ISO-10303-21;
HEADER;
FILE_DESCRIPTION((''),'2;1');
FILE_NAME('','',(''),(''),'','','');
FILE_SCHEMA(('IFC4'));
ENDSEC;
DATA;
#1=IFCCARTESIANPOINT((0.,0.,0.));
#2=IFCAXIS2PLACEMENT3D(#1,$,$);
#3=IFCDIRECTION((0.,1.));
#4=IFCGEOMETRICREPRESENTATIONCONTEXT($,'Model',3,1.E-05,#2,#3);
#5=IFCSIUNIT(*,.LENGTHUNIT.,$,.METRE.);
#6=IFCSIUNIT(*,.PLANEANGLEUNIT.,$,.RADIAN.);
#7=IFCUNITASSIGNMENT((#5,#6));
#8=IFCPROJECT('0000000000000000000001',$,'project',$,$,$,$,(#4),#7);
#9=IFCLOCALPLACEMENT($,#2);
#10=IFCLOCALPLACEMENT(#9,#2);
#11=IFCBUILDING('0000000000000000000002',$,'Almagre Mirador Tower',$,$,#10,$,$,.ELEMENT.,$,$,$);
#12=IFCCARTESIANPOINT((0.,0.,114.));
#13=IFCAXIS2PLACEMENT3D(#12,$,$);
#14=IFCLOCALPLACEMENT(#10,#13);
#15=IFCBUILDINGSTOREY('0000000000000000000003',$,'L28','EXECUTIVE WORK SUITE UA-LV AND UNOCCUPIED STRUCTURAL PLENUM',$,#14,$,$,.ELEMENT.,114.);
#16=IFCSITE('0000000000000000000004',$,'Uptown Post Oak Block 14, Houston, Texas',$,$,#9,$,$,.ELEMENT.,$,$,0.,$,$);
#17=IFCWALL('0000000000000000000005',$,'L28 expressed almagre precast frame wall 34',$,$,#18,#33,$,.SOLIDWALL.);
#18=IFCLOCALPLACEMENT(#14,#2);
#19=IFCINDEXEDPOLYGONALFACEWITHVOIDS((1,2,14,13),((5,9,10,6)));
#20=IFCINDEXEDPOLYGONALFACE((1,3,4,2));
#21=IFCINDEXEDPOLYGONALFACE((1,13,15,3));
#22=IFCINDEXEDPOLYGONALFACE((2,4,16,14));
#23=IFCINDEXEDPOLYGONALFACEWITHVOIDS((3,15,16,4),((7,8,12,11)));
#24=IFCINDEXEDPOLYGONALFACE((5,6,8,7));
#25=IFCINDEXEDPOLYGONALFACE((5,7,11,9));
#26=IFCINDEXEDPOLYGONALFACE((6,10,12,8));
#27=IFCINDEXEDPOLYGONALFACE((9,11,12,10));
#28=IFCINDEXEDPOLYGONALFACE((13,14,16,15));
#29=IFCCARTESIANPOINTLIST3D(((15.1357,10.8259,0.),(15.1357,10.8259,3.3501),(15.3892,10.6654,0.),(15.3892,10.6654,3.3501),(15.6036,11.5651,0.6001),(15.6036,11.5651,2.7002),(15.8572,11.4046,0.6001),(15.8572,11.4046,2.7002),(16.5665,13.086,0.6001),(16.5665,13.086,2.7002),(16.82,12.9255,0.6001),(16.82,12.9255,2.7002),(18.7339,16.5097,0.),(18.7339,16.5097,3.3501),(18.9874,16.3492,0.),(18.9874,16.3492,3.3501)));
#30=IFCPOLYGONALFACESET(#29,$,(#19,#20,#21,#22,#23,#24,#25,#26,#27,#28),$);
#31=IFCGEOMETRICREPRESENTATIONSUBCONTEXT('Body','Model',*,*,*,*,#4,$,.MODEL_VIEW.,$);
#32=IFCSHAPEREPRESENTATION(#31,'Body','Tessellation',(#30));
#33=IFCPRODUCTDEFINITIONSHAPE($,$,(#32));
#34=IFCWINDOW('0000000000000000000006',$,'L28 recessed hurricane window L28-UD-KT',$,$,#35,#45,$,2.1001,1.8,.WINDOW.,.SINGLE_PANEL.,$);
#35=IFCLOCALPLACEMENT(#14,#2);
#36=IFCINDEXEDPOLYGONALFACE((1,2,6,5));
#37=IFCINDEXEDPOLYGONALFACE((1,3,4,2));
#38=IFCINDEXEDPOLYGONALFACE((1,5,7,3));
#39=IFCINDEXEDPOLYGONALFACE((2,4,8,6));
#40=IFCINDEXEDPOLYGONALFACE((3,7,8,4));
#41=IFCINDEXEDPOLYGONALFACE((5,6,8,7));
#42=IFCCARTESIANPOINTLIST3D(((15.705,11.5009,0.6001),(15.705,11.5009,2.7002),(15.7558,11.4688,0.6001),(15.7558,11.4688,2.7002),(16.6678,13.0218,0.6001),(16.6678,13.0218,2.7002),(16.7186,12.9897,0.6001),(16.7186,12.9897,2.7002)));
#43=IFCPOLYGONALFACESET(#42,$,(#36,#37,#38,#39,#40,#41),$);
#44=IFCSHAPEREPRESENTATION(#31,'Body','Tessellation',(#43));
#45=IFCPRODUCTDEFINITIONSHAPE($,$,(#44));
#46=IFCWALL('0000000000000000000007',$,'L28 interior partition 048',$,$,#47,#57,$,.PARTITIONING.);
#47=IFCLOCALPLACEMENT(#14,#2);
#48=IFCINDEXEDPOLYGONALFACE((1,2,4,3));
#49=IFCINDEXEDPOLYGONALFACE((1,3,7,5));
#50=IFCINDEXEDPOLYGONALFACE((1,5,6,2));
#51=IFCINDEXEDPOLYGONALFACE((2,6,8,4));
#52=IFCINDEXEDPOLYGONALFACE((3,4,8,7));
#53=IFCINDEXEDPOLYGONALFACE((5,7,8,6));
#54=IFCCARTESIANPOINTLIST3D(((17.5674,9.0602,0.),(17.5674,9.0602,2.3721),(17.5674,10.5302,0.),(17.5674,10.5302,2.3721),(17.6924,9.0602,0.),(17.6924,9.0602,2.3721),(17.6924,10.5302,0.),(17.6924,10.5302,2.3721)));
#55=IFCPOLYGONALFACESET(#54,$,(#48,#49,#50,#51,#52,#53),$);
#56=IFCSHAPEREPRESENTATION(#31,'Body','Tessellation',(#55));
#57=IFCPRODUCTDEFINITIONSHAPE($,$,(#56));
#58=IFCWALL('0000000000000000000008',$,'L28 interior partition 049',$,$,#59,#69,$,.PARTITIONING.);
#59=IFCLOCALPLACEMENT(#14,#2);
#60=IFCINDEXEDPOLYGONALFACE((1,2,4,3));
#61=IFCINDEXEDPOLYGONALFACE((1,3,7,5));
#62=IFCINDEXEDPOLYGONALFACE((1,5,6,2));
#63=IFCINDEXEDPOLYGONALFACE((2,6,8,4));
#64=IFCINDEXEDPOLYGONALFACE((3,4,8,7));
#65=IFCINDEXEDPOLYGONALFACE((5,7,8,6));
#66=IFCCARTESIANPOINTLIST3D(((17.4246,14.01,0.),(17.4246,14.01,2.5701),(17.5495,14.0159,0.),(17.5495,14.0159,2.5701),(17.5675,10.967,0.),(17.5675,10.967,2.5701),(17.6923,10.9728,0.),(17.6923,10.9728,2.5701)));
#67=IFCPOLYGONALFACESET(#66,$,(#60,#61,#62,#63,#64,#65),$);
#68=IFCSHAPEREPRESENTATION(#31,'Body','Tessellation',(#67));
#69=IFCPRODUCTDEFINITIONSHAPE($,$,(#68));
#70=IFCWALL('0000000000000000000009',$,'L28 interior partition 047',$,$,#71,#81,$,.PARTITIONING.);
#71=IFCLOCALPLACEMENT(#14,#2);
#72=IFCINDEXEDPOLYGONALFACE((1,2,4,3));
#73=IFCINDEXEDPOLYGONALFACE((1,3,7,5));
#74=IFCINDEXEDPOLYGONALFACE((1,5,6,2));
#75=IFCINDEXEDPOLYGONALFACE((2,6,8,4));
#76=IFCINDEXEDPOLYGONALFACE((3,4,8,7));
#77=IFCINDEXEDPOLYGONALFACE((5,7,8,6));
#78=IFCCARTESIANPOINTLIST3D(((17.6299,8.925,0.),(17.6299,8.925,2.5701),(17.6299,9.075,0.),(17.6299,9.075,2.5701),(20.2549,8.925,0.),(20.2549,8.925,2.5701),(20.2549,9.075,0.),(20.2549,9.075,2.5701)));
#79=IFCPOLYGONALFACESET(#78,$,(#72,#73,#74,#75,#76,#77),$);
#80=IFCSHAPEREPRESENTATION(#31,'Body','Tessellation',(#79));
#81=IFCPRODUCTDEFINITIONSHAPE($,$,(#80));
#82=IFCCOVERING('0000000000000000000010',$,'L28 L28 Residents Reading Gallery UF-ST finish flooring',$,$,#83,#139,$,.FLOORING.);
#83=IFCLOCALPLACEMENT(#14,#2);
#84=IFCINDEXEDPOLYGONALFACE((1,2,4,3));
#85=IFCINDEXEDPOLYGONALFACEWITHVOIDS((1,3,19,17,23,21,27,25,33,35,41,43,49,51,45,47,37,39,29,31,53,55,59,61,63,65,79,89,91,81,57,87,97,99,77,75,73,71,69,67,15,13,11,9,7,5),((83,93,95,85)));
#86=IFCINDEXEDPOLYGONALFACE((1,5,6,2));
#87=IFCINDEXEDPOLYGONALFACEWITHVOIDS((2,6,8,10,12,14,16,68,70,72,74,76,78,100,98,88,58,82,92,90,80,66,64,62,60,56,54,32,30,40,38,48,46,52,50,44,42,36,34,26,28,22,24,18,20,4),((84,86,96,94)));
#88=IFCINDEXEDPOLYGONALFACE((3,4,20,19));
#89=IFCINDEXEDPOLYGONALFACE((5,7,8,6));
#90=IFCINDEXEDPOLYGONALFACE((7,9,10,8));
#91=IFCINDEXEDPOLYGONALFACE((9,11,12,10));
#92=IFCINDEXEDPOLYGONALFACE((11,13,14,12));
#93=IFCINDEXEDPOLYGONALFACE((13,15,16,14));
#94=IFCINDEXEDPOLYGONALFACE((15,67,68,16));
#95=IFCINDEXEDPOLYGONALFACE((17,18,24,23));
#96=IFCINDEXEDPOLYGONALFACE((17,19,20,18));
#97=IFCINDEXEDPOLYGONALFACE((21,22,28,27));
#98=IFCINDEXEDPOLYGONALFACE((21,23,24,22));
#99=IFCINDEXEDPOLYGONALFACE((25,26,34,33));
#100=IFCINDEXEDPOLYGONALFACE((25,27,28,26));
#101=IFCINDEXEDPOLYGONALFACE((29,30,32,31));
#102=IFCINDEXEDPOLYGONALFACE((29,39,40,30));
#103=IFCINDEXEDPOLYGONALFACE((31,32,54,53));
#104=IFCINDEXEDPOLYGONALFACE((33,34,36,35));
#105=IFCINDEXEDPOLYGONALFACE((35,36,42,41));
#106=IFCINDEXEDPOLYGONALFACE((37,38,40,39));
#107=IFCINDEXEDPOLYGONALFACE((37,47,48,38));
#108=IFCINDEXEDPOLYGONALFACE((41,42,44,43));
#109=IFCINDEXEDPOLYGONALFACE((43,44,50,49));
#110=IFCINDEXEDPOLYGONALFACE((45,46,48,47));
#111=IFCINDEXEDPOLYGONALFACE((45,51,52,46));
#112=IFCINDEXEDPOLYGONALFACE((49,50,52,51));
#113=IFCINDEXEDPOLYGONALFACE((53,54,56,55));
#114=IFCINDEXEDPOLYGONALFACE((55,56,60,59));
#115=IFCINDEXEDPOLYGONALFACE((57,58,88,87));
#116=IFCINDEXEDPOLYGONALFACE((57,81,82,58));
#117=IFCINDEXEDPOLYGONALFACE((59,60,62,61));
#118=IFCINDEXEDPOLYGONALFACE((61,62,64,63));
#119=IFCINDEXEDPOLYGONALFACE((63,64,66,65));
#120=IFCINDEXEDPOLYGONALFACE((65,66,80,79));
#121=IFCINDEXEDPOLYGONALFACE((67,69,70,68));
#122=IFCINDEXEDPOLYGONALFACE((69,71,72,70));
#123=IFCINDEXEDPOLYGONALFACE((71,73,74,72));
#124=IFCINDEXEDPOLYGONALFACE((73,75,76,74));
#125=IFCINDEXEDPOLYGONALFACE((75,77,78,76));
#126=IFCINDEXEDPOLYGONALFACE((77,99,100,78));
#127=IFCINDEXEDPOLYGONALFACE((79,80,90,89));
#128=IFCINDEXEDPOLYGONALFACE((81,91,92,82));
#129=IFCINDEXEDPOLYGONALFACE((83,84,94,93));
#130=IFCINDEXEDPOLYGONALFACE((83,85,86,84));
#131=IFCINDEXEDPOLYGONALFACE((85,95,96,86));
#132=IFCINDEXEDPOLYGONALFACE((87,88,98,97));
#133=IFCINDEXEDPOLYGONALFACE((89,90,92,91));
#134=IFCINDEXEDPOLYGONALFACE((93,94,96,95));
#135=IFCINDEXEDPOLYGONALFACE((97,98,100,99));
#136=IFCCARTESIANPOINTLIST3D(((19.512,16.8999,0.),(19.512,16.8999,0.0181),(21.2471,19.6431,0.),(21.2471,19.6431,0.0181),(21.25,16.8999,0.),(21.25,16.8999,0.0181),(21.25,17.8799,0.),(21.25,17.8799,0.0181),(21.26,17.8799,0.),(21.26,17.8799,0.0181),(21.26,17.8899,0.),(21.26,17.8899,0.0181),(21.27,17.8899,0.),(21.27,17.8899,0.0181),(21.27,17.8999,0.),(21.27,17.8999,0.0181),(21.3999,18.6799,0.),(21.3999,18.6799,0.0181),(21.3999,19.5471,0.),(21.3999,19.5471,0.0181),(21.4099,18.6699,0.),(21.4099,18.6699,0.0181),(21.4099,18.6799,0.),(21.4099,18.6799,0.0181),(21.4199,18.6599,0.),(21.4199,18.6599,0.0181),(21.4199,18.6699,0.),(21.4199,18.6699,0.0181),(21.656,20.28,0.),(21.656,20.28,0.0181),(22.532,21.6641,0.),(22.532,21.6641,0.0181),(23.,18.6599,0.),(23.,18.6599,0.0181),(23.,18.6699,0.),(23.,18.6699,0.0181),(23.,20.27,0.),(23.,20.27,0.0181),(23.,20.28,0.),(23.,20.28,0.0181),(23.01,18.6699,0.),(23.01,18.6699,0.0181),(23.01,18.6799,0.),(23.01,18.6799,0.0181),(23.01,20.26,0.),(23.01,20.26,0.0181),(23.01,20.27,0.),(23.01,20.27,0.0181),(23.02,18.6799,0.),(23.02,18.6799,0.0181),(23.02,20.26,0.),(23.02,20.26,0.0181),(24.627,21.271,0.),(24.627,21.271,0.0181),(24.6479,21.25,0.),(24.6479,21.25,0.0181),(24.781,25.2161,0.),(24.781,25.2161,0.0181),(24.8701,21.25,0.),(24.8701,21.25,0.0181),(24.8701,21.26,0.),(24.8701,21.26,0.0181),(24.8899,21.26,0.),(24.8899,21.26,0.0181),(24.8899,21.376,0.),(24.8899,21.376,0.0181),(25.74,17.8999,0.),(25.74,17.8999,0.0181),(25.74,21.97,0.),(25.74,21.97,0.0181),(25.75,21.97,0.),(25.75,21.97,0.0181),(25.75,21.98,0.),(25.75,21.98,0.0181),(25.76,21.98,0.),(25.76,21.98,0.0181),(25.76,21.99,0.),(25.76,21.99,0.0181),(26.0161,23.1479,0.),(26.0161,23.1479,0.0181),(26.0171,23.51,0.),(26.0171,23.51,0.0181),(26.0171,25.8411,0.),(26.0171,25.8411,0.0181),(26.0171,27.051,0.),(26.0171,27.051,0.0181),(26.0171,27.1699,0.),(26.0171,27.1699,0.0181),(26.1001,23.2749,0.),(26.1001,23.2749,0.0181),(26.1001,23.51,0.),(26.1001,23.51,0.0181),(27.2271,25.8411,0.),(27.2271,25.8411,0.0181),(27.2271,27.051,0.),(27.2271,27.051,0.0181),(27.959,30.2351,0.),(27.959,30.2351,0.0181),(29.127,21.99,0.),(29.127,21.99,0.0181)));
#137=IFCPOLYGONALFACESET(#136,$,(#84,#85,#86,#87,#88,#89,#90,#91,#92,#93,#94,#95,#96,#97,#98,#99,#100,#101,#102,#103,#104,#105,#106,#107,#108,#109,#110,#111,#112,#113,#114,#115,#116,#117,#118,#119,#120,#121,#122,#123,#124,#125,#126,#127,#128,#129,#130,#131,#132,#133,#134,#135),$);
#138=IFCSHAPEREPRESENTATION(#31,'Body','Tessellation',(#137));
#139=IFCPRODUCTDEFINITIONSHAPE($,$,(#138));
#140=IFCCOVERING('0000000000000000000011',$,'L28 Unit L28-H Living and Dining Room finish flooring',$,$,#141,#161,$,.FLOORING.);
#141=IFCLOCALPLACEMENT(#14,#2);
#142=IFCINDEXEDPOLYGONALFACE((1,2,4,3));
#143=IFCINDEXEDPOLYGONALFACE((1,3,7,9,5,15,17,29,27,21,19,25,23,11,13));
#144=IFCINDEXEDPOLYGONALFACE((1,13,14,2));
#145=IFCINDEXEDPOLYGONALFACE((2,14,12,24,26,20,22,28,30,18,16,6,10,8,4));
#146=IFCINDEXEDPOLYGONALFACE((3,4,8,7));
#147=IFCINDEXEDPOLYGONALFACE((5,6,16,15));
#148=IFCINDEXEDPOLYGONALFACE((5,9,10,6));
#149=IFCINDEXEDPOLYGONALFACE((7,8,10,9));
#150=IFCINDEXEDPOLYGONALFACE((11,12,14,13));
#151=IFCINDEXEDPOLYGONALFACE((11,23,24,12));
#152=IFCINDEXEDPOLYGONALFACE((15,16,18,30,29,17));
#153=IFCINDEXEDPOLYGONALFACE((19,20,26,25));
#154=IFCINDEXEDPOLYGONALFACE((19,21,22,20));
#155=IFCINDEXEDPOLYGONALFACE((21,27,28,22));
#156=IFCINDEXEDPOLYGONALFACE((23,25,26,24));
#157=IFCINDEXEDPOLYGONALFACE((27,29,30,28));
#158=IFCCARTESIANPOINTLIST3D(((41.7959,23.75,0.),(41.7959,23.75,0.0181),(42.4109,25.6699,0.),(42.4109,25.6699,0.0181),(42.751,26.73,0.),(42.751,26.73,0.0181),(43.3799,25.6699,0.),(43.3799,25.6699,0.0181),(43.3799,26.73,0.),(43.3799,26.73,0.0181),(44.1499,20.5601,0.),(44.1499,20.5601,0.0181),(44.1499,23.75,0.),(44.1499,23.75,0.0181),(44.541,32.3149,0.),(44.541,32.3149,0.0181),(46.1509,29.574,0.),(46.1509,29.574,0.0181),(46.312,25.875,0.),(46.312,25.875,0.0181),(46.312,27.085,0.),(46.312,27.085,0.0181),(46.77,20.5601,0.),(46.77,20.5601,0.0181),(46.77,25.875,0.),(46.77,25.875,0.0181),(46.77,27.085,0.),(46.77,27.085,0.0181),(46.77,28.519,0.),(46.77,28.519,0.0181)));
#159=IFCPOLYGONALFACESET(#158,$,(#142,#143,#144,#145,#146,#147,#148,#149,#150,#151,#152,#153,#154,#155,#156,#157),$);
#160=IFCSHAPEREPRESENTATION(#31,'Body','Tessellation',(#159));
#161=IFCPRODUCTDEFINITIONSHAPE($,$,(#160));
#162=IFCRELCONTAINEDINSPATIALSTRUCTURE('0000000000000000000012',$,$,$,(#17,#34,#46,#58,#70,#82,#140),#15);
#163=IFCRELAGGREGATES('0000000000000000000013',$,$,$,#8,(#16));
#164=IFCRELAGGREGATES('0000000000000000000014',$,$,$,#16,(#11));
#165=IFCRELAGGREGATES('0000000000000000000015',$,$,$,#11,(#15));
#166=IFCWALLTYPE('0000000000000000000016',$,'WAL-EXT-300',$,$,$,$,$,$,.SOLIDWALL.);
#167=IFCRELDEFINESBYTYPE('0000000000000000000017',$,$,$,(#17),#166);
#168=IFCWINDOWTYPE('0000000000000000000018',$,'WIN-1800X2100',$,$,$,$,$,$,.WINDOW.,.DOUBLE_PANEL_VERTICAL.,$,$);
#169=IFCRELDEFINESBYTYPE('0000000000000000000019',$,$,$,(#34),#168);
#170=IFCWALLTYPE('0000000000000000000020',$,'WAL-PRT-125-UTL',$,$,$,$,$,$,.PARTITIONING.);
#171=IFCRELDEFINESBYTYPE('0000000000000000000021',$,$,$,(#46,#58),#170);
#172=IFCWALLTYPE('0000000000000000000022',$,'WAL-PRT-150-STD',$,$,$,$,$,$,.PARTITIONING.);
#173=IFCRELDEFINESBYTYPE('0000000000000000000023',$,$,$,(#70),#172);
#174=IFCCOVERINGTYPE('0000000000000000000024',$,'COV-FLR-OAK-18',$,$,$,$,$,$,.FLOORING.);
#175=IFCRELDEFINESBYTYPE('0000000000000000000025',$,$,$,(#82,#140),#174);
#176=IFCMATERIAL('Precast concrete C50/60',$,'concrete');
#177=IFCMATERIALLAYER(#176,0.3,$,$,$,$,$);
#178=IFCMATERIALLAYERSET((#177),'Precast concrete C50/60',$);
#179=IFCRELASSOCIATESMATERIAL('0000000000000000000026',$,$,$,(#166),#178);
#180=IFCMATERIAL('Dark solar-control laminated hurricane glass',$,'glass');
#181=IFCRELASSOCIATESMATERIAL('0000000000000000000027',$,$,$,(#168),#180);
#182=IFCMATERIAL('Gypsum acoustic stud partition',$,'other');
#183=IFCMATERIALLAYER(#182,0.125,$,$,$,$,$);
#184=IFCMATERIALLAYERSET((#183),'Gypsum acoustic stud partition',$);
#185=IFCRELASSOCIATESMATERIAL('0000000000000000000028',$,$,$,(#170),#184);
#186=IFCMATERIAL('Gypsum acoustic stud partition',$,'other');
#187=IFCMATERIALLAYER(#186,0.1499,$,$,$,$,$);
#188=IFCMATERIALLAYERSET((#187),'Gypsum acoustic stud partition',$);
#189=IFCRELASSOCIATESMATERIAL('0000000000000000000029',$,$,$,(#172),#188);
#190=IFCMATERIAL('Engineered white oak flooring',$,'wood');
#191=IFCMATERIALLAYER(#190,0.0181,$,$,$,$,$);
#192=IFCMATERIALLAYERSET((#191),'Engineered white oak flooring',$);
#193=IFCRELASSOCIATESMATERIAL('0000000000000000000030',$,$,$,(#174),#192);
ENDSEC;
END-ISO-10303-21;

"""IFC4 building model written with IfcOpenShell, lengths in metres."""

from ifc_helpers import new_model, si_unit, direction, frame, frame_2d, origin, place, context, subcontext, project, spatial, polyline, rectangle, outline, extrude, material, layer, layer_set, type_object, element, fill, save


model = new_model("IFC4")

# Units and contexts
model_context = context("Model", 3, precision=1e-05, world=origin(), true_north=direction((0.0, 1.0)))
body_context = subcontext(model_context, "Body", "Model", "MODEL_VIEW")
ifc_project = project(units=[si_unit("LENGTHUNIT", "METRE"), si_unit("PLANEANGLEUNIT", "RADIAN")], contexts=[model_context])

# Site, building, storey
site_placement = place(None, origin())
site = spatial("IfcSite", under=ifc_project, at=site_placement, Name="Uptown Post Oak Block 14, Houston, Texas", CompositionType="ELEMENT", RefElevation=0.0)
building_placement = place(site_placement, origin())
building = spatial("IfcBuilding", under=site, at=building_placement, Name="Almagre Mirador Tower", CompositionType="ELEMENT")
storey_placement = place(building_placement, frame((0.0, 0.0, 114.0)))
storey = spatial("IfcBuildingStorey", under=building, at=storey_placement, Name="L28", Description="EXECUTIVE WORK SUITE UA-LV AND UNOCCUPIED STRUCTURAL PLENUM", CompositionType="ELEMENT", Elevation=114.0)

# Shared definitions
ifc_material_1 = material(Name="Precast concrete C50/60", Category="concrete")
ifc_layer_1 = layer(ifc_material_1, 0.3)
ifc_layer_set_1 = layer_set([ifc_layer_1], Name="Precast concrete C50/60")
wall_type_1 = type_object("IfcWallType", Name="WAL-EXT-300", PredefinedType="SOLIDWALL", material=ifc_layer_set_1)

# Wall, opening, window
wall_1_placement = place(storey_placement, frame((15.2625, 10.7456, 0.0), z_axis=(0.0, 0.0, 1.0), x_axis=(0.53488, 0.844928, 0.0)))
wall_1 = element("IfcWall", 1, at=wall_1_placement, inside=storey, type_object=wall_type_1, Name="L28 expressed almagre precast frame wall 34", PredefinedType="SOLIDWALL", context=body_context, shape_type="SweptSolid", body=[
    extrude(rectangle(XDim=6.7271, YDim=0.3, at=frame_2d((3.3635, 0.0))), origin(), (0.0, 0.0, 1.0), 3.3501),
])
opening_1_placement = place(wall_1_placement, frame((0.875, 0.0, 0.6001)))
opening_1 = element("IfcOpeningElement", 2, at=opening_1_placement, cuts=wall_1, PredefinedType="OPENING", context=body_context, shape_type="SweptSolid", body=[
    extrude(rectangle(XDim=1.8, YDim=2.1001, at=frame_2d((0.8999, 1.05))), frame((0.0, 0.1599, 0.0), z_axis=(0.0, -1.0, 0.0), x_axis=(1.0, 0.0, 0.0)), (0.0, 0.0, 1.0), 0.32),
])
ifc_material_2 = material(Name="Dark solar-control laminated hurricane glass", Category="glass")
window_type_1 = type_object("IfcWindowType", Name="WIN-1800X2100", PartitioningType="DOUBLE_PANEL_VERTICAL", PredefinedType="WINDOW", material=ifc_material_2)
window_1_placement = place(opening_1_placement, origin())
window_1 = element("IfcWindow", 3, at=window_1_placement, inside=storey, type_object=window_type_1, Name="L28 recessed hurricane window L28-UD-KT", OverallHeight=2.1001, OverallWidth=1.8, PartitioningType="SINGLE_PANEL", PredefinedType="WINDOW", context=body_context, shape_type="SweptSolid", body=[
    extrude(rectangle(XDim=1.8, YDim=2.1001, at=frame_2d((0.8999, 1.05))), frame((0.0, 0.03, 0.0), z_axis=(0.0, -1.0, 0.0), x_axis=(1.0, 0.0, 0.0)), (0.0, 0.0, 1.0), 0.0601),
])
fill(opening_1, window_1)

# Walls
ifc_material_3 = material(Name="Gypsum acoustic stud partition", Category="other")
ifc_layer_2 = layer(ifc_material_3, 0.125)
ifc_layer_set_2 = layer_set([ifc_layer_2], Name="Gypsum acoustic stud partition")
wall_type_2 = type_object("IfcWallType", Name="WAL-PRT-125-UTL", PredefinedType="PARTITIONING", material=ifc_layer_set_2)
wall_2_placement = place(storey_placement, frame((17.6299, 10.53, 0.0), z_axis=(0.0, 0.0, 1.0), x_axis=(0.0, -1.0, 0.0)))
element("IfcWall", 4, at=wall_2_placement, inside=storey, type_object=wall_type_2, Name="L28 interior partition 048", PredefinedType="PARTITIONING", context=body_context, shape_type="SweptSolid", body=[
    extrude(rectangle(XDim=1.47, YDim=0.125, at=frame_2d((0.7349, 0.0))), origin(), (0.0, 0.0, 1.0), 2.3721),
])
wall_3_placement = place(storey_placement, frame((17.4871, 14.0129, 0.0), z_axis=(0.0, 0.0, 1.0), x_axis=(0.046884, -0.9989, 0.0)))
element("IfcWall", 5, at=wall_3_placement, inside=storey, type_object=wall_type_2, Name="L28 interior partition 049", PredefinedType="PARTITIONING", context=body_context, shape_type="SweptSolid", body=[
    extrude(rectangle(XDim=3.0464, YDim=0.125, at=frame_2d((1.5232, 0.0))), origin(), (0.0, 0.0, 1.0), 2.5701),
])
ifc_material_4 = material(Name="Gypsum acoustic stud partition", Category="other")
ifc_layer_3 = layer(ifc_material_4, 0.1499)
ifc_layer_set_3 = layer_set([ifc_layer_3], Name="Gypsum acoustic stud partition")
wall_type_3 = type_object("IfcWallType", Name="WAL-PRT-150-STD", PredefinedType="PARTITIONING", material=ifc_layer_set_3)
wall_4_placement = place(storey_placement, frame((17.6299, 9.0, 0.0), z_axis=(0.0, 0.0, 1.0), x_axis=(1.0, 0.0, 0.0)))
element("IfcWall", 6, at=wall_4_placement, inside=storey, type_object=wall_type_3, Name="L28 interior partition 047", PredefinedType="PARTITIONING", context=body_context, shape_type="SweptSolid", body=[
    extrude(rectangle(XDim=2.625, YDim=0.1499, at=frame_2d((1.3125, 0.0))), origin(), (0.0, 0.0, 1.0), 2.5701),
])

# Coverings
ifc_material_5 = material(Name="Engineered white oak flooring", Category="wood")
ifc_layer_4 = layer(ifc_material_5, 0.0181)
ifc_layer_set_4 = layer_set([ifc_layer_4], Name="Engineered white oak flooring")
covering_type = type_object("IfcCoveringType", Name="COV-FLR-OAK-18", PredefinedType="FLOORING", material=ifc_layer_set_4)
covering_1_placement = place(storey_placement, origin())
element("IfcCovering", 7, at=covering_1_placement, inside=storey, type_object=covering_type, Name="L28 L28 Residents Reading Gallery UF-ST finish flooring", PredefinedType="FLOORING", context=body_context, shape_type="SweptSolid", body=[
    extrude(outline(polyline([(21.3999, 19.5471), (21.3999, 18.6799), (21.4099, 18.6799), (21.4099, 18.6699), (21.4199, 18.6699), (21.4199, 18.6599), (23.0, 18.6599), (23.0, 18.6699), (23.01, 18.6699), (23.01, 18.6799), (23.02, 18.6799), (23.02, 20.26), (23.01, 20.26), (23.01, 20.27), (23.0, 20.27), (23.0, 20.28), (21.656, 20.28), (22.532, 21.6641), (24.627, 21.271), (24.6479, 21.25), (24.8701, 21.25), (24.8701, 21.26), (24.8899, 21.26), (24.8899, 21.376), (26.0161, 23.1479), (26.1001, 23.2749), (26.1001, 23.51), (26.0171, 23.51), (24.781, 25.2161), (26.0171, 27.1699), (27.959, 30.2351), (29.127, 21.99), (25.76, 21.99), (25.76, 21.98), (25.75, 21.98), (25.75, 21.97), (25.74, 21.97), (25.74, 17.8999), (21.27, 17.8999), (21.27, 17.8899), (21.26, 17.8899), (21.26, 17.8799), (21.25, 17.8799), (21.25, 16.8999), (19.512, 16.8999), (21.2471, 19.6431), (21.3999, 19.5471)]), holes=[polyline([(26.0171, 25.8411), (26.0171, 27.051), (27.2271, 27.051), (27.2271, 25.8411), (26.0171, 25.8411)])]), origin(), (0.0, 0.0, 1.0), 0.0181),
])
covering_2_placement = place(storey_placement, origin())
element("IfcCovering", 8, at=covering_2_placement, inside=storey, type_object=covering_type, Name="L28 Unit L28-H Living and Dining Room finish flooring", PredefinedType="FLOORING", context=body_context, shape_type="SweptSolid", body=[
    extrude(outline(polyline([(41.7959, 23.75), (42.4109, 25.6699), (43.3799, 25.6699), (43.3799, 26.73), (42.751, 26.73), (44.541, 32.3149), (46.1509, 29.574), (46.77, 28.519), (46.77, 27.085), (46.312, 27.085), (46.312, 25.875), (46.77, 25.875), (46.77, 20.5601), (44.1499, 20.5601), (44.1499, 23.75), (41.7959, 23.75)])), origin(), (0.0, 0.0, 1.0), 0.0181),
])

save(model, "model.ifc")
